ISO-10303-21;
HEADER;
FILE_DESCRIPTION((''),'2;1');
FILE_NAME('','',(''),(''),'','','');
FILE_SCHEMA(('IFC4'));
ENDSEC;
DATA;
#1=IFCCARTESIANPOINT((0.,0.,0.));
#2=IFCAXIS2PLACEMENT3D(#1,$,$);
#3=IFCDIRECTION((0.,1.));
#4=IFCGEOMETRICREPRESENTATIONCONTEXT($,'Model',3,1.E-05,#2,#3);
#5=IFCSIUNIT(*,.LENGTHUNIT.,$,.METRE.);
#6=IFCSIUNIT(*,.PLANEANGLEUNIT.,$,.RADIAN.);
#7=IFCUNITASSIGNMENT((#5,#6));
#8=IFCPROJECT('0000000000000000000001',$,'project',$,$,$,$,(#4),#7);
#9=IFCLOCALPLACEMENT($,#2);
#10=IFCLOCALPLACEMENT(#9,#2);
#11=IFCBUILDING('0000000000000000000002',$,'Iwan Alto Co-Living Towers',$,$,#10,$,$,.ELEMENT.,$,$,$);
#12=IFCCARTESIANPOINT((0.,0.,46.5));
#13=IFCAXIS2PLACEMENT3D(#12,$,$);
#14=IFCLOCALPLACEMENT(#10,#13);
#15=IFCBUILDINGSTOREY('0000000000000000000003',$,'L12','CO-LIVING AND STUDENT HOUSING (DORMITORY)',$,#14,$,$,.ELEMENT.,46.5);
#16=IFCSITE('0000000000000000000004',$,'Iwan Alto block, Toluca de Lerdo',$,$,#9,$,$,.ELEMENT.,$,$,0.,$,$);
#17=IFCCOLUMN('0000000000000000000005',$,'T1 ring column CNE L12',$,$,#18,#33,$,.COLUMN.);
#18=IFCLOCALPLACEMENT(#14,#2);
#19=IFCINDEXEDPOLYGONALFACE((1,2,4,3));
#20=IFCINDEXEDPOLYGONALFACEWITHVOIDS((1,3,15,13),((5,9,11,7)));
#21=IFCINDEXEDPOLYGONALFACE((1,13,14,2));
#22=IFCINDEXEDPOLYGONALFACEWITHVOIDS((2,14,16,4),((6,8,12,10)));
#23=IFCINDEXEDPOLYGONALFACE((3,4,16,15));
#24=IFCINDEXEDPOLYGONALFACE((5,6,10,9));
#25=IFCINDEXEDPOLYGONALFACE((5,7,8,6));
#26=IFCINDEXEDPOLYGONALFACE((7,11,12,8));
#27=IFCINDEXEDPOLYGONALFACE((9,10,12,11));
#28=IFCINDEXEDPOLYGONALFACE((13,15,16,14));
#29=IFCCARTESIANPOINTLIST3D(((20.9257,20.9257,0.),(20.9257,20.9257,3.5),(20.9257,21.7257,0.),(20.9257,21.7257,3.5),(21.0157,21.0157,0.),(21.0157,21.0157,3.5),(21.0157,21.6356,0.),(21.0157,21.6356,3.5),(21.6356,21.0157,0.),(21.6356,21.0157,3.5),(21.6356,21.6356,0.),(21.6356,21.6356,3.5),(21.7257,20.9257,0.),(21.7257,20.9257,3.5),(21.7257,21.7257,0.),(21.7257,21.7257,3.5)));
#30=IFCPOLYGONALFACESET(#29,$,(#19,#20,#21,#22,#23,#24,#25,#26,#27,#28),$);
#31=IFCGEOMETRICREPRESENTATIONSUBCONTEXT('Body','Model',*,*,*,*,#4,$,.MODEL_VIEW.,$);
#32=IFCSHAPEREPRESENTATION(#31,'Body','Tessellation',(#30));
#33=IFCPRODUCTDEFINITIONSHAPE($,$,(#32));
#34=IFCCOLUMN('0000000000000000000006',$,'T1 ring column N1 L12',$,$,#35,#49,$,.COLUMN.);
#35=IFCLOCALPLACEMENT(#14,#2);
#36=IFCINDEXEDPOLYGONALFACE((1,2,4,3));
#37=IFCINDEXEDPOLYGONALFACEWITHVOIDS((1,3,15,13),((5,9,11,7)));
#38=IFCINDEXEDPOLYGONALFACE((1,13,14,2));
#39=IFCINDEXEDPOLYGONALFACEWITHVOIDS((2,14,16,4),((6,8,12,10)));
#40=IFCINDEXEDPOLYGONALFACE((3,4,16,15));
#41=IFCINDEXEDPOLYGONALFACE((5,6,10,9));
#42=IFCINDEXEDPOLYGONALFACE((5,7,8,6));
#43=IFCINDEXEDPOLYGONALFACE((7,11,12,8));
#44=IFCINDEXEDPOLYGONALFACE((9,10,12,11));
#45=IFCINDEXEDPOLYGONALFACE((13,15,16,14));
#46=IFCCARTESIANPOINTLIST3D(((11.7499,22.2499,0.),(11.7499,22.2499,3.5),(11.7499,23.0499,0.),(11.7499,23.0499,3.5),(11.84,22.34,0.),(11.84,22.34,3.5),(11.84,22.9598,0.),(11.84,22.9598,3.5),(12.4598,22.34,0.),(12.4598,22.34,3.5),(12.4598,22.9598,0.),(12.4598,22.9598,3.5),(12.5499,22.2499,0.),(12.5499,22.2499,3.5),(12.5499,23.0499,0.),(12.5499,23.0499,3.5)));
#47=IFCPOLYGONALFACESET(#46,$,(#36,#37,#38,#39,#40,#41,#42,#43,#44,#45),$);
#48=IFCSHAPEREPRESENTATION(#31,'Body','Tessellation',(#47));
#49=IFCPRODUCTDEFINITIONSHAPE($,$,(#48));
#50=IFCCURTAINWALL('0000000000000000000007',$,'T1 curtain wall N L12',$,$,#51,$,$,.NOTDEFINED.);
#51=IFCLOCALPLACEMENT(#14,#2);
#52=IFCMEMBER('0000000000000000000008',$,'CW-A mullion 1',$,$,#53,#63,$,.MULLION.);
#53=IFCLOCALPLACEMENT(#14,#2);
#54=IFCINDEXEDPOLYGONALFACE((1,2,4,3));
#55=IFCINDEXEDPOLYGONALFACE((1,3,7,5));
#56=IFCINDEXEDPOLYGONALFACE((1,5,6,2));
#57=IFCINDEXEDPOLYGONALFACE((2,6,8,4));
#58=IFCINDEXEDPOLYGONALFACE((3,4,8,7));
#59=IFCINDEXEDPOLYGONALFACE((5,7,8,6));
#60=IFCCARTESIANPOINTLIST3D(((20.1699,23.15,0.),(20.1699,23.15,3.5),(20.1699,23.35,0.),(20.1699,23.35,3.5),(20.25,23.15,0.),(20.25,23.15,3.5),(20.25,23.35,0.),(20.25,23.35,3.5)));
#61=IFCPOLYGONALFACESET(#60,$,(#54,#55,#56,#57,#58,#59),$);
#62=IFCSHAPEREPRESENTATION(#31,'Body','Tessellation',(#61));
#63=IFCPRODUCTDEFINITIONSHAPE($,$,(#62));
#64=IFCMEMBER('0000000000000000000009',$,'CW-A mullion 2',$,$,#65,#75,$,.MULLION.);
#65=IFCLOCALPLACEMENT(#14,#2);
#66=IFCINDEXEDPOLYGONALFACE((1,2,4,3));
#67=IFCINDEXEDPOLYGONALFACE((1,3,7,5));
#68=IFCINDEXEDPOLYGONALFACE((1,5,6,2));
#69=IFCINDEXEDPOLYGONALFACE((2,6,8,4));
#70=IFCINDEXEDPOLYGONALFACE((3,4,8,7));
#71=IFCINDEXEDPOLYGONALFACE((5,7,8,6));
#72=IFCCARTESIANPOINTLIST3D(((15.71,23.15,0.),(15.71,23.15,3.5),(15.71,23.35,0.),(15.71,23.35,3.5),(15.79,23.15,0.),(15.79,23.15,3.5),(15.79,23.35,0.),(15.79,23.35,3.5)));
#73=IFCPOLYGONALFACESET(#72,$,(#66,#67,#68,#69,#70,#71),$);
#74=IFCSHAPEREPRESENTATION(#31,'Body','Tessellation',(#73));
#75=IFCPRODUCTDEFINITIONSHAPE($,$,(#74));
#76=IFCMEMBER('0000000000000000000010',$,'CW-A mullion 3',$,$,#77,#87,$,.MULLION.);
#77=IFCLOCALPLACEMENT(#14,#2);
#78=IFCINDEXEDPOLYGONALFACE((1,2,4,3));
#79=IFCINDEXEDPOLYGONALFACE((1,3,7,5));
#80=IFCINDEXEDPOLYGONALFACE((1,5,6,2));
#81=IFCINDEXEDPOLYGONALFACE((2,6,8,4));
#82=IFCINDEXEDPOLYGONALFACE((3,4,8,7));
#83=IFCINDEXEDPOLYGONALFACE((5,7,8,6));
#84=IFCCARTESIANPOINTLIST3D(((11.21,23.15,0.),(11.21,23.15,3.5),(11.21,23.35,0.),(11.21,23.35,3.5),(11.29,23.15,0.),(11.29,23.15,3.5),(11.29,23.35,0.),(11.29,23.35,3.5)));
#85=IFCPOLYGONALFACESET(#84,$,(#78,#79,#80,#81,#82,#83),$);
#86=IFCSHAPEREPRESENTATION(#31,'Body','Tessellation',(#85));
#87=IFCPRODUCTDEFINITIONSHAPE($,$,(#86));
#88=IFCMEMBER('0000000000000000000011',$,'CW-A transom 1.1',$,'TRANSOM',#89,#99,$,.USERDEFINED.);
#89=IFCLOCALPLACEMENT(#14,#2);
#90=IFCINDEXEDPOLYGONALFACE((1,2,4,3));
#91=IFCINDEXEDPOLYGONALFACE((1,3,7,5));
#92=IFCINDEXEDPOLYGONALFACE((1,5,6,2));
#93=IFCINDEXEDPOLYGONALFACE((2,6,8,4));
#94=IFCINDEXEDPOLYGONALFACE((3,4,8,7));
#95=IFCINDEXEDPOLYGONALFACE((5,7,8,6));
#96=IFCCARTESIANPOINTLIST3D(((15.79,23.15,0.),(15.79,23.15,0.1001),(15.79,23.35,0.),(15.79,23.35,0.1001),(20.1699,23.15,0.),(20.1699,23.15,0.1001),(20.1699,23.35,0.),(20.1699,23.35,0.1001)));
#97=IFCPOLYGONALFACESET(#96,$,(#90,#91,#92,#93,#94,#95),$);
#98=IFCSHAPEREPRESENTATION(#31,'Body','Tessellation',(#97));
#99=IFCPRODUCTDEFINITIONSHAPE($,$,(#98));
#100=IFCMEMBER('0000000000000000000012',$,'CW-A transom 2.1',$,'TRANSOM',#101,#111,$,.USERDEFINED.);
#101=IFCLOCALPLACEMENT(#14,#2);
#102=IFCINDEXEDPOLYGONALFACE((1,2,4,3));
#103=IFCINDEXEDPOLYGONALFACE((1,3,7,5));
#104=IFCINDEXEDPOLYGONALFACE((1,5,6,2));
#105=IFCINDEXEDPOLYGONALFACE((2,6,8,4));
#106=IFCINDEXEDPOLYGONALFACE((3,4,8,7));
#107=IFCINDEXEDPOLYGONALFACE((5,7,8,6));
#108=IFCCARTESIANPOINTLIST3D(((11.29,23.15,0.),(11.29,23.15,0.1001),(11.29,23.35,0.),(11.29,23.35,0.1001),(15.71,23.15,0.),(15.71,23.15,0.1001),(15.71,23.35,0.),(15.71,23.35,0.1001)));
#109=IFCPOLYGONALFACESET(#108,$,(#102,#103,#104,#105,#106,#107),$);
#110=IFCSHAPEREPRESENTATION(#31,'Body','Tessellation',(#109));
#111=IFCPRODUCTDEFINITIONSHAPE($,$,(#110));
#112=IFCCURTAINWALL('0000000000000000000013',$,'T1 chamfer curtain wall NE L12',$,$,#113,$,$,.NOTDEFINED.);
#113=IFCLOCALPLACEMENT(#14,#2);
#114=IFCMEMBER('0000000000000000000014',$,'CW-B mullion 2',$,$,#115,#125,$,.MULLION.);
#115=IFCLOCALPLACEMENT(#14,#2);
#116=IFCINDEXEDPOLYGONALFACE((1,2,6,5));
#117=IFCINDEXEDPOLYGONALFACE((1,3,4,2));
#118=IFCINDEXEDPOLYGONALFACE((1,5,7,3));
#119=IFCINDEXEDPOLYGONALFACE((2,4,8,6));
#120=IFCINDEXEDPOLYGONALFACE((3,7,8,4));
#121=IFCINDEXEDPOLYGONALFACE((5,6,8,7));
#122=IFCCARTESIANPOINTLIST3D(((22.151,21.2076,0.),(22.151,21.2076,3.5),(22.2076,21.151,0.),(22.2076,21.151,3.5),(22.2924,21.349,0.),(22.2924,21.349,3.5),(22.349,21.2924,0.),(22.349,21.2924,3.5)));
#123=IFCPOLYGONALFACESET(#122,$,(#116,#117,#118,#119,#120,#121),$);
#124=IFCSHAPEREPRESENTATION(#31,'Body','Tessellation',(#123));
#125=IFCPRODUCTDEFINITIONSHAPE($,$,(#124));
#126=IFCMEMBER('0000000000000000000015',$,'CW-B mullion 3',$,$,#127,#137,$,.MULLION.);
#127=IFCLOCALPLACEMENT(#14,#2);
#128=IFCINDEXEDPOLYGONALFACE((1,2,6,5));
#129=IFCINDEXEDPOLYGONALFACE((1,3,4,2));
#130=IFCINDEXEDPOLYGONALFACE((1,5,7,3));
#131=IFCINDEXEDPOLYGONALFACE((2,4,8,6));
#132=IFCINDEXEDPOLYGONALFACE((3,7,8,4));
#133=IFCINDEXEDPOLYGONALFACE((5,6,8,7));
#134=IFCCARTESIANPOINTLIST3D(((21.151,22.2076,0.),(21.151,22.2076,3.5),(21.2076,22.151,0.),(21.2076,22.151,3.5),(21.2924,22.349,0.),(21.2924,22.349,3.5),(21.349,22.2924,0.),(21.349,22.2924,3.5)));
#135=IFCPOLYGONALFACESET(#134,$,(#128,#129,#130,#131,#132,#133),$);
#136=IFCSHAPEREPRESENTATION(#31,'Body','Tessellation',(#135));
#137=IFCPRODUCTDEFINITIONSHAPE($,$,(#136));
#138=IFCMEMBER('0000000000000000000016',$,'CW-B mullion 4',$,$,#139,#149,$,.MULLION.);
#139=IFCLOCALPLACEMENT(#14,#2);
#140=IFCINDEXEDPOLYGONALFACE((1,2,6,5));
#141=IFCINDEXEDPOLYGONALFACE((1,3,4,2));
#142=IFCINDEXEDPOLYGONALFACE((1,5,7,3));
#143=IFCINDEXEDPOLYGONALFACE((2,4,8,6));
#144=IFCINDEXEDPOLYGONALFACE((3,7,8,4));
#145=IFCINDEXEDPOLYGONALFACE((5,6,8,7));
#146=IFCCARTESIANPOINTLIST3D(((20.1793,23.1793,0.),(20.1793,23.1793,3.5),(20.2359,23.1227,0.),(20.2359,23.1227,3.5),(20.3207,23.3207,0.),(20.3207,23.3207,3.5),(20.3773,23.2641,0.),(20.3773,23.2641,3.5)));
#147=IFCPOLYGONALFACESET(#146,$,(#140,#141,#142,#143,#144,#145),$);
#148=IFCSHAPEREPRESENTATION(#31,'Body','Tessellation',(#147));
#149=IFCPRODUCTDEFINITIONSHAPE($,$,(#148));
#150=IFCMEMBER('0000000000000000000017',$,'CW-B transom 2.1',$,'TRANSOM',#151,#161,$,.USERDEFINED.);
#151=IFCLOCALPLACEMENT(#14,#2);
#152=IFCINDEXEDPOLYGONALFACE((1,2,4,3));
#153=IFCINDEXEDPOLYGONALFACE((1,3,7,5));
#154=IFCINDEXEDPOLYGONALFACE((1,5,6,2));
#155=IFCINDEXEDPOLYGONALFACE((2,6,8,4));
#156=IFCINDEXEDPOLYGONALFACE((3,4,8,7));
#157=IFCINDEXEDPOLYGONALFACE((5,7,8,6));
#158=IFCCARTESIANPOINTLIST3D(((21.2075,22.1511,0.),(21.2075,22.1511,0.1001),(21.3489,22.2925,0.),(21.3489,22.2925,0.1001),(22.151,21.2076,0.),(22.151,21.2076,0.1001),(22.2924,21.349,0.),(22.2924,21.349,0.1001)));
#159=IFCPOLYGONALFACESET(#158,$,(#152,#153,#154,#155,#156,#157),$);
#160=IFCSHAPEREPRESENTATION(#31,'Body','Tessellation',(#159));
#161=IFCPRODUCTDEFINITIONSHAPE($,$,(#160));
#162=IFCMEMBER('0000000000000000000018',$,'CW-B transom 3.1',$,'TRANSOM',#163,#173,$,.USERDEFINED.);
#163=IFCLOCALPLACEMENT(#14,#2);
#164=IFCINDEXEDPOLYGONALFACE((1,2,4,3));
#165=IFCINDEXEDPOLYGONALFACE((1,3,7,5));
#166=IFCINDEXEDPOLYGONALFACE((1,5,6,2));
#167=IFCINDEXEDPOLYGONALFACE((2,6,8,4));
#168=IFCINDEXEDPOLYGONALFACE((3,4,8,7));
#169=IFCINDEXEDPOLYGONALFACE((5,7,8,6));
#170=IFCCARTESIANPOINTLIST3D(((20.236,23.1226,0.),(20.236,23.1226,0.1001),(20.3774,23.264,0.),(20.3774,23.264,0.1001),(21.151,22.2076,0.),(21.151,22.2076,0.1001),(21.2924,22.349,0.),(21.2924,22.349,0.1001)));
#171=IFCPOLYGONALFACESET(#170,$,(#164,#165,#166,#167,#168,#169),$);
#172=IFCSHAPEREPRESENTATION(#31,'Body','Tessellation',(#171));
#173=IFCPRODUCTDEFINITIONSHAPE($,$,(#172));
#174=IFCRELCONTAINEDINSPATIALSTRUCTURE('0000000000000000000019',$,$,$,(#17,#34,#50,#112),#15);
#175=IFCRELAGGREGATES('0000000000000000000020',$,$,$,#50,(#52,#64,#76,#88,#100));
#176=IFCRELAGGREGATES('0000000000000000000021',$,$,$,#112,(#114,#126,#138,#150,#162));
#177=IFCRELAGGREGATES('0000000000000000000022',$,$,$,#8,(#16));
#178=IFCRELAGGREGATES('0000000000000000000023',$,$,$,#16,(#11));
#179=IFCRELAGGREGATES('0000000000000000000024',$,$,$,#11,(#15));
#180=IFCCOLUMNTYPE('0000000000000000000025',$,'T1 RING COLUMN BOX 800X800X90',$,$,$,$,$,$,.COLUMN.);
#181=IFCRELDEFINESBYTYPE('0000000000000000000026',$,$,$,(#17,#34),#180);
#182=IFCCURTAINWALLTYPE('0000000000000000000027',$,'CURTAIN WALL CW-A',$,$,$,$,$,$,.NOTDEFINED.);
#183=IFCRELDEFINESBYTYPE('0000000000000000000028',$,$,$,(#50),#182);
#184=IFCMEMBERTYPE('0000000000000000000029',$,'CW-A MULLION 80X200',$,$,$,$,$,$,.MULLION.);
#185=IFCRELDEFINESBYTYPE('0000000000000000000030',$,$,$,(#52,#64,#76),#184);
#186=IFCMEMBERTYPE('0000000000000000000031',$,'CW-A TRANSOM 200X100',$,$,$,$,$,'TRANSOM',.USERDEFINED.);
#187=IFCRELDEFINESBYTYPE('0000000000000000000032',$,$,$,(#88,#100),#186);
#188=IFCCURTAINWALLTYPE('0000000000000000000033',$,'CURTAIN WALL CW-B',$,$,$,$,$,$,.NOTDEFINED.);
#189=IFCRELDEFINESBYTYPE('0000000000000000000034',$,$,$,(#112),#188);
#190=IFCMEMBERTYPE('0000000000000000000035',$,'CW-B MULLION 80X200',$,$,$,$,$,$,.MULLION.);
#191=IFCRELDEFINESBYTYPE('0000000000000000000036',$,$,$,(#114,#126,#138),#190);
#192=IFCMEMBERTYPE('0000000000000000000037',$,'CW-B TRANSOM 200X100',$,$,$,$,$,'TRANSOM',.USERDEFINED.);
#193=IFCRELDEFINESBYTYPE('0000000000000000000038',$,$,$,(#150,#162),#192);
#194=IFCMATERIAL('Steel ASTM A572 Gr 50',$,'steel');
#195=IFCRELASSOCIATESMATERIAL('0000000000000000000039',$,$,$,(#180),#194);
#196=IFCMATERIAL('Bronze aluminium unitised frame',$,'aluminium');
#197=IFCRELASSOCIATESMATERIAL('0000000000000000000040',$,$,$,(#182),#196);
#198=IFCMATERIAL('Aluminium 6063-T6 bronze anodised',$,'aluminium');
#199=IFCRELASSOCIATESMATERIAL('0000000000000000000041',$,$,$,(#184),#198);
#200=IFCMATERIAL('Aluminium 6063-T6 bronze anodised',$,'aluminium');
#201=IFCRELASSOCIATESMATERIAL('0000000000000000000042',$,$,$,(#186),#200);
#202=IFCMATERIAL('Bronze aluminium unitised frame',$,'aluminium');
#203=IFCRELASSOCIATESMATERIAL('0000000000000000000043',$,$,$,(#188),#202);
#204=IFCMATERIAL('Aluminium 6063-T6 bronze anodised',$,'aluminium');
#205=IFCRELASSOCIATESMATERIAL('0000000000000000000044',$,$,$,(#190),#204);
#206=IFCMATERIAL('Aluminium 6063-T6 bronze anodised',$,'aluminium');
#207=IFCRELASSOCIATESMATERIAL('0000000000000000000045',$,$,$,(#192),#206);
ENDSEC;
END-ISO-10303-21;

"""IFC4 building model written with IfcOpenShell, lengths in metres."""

from ifc_helpers import new_model, si_unit, direction, frame, origin, origin_2d, place, context, subcontext, project, spatial, rectangle, hollow_rectangle, extrude, material, material_profile, profile_set, type_object, element, aggregate, save


model = new_model("IFC4")

# Units and contexts
model_context = context("Model", 3, precision=1e-05, world=origin(), true_north=direction((0.0, 1.0)))
body_context = subcontext(model_context, "Body", "Model", "MODEL_VIEW")
ifc_project = project(units=[si_unit("LENGTHUNIT", "METRE"), si_unit("PLANEANGLEUNIT", "RADIAN")], contexts=[model_context])

# Site, building, storey
site_placement = place(None, origin())
site = spatial("IfcSite", under=ifc_project, at=site_placement, Name="Iwan Alto block, Toluca de Lerdo", CompositionType="ELEMENT", RefElevation=0.0)
building_placement = place(site_placement, origin())
building = spatial("IfcBuilding", under=site, at=building_placement, Name="Iwan Alto Co-Living Towers", CompositionType="ELEMENT")
storey_placement = place(building_placement, frame((0.0, 0.0, 46.5)))
storey = spatial("IfcBuildingStorey", under=building, at=storey_placement, Name="L12", Description="CO-LIVING AND STUDENT HOUSING (DORMITORY)", CompositionType="ELEMENT", Elevation=46.5)

# Columns
ifc_material_1 = material(Name="Steel ASTM A572 Gr 50", Category="steel")
ifc_material_profile_1 = material_profile(ifc_material_1, hollow_rectangle(XDim=0.8, YDim=0.8, WallThickness=0.0901, at=origin_2d()), Name="BOX 800X800X90")
ifc_profile_set_1 = profile_set([ifc_material_profile_1], Name="Steel ASTM A572 Gr 50")
column_type = type_object("IfcColumnType", Name="T1 RING COLUMN BOX 800X800X90", PredefinedType="COLUMN", material=ifc_profile_set_1)
for number, where, z_axis, x_axis, name in (
    (1, (21.3257, 21.3257, 0.0), (0.0, 0.0, 1.0), (1.0, 0.0, 0.0), "T1 ring column CNE L12"),
    (2, (12.1499, 22.6499, 0.0), (0.0, 0.0, 1.0), (1.0, 0.0, 0.0), "T1 ring column N1 L12"),
):
    element("IfcColumn", number, at=place(storey_placement, frame(where, z_axis=z_axis, x_axis=x_axis)), inside=storey, type_object=column_type, Name=name, PredefinedType="COLUMN", context=body_context, shape_type="SweptSolid", body=[
        extrude(hollow_rectangle(XDim=0.8, YDim=0.8, WallThickness=0.0901, at=origin_2d()), origin(), (0.0, 0.0, 1.0), 3.5),
    ])

# Curtain walls, members
ifc_material_2 = material(Name="Bronze aluminium unitised frame", Category="aluminium")
curtain_wall_type_1 = type_object("IfcCurtainWallType", Name="CURTAIN WALL CW-A", PredefinedType="NOTDEFINED", material=ifc_material_2)
curtain_wall_1_placement = place(storey_placement, origin())
curtain_wall_1 = element("IfcCurtainWall", 3, at=curtain_wall_1_placement, inside=storey, type_object=curtain_wall_type_1, Name="T1 curtain wall N L12", PredefinedType="NOTDEFINED")
ifc_material_3 = material(Name="Aluminium 6063-T6 bronze anodised", Category="aluminium")
ifc_material_profile_2 = material_profile(ifc_material_3, rectangle(XDim=0.2, YDim=0.0801, at=origin_2d()), Name="AL 80X200")
ifc_profile_set_2 = profile_set([ifc_material_profile_2], Name="Aluminium 6063-T6 bronze anodised")
member_type_1 = type_object("IfcMemberType", Name="CW-A MULLION 80X200", PredefinedType="MULLION", material=ifc_profile_set_2)
member_1_placement = place(storey_placement, frame((20.21, 23.25, 0.0), z_axis=(0.0, 0.0, 1.0), x_axis=(0.0, -1.0, 0.0)))
member_1 = element("IfcMember", 4, at=member_1_placement, type_object=member_type_1, Name="CW-A mullion 1", PredefinedType="MULLION", context=body_context, shape_type="SweptSolid", body=[
    extrude(rectangle(XDim=0.2, YDim=0.0801, at=origin_2d()), origin(), (0.0, 0.0, 1.0), 3.5),
])
member_2_placement = place(storey_placement, frame((15.75, 23.25, 0.0), z_axis=(0.0, 0.0, 1.0), x_axis=(0.0, -1.0, 0.0)))
member_2 = element("IfcMember", 5, at=member_2_placement, type_object=member_type_1, Name="CW-A mullion 2", PredefinedType="MULLION", context=body_context, shape_type="SweptSolid", body=[
    extrude(rectangle(XDim=0.2, YDim=0.0801, at=origin_2d()), origin(), (0.0, 0.0, 1.0), 3.5),
])
member_3_placement = place(storey_placement, frame((11.25, 23.25, 0.0), z_axis=(0.0, 0.0, 1.0), x_axis=(0.0, -1.0, 0.0)))
member_3 = element("IfcMember", 6, at=member_3_placement, type_object=member_type_1, Name="CW-A mullion 3", PredefinedType="MULLION", context=body_context, shape_type="SweptSolid", body=[
    extrude(rectangle(XDim=0.2, YDim=0.0801, at=origin_2d()), origin(), (0.0, 0.0, 1.0), 3.5),
])
ifc_material_4 = material(Name="Aluminium 6063-T6 bronze anodised", Category="aluminium")
ifc_material_profile_3 = material_profile(ifc_material_4, rectangle(XDim=0.2, YDim=0.1001, at=origin_2d()), Name="AL 200X100")
ifc_profile_set_3 = profile_set([ifc_material_profile_3], Name="Aluminium 6063-T6 bronze anodised")
member_type_2 = type_object("IfcMemberType", Name="CW-A TRANSOM 200X100", ElementType="TRANSOM", PredefinedType="USERDEFINED", material=ifc_profile_set_3)
member_4_placement = place(storey_placement, frame((20.1699, 23.25, 0.05), z_axis=(-1.0, 0.0, 0.0), x_axis=(0.0, -1.0, 0.0)))
member_4 = element("IfcMember", 7, at=member_4_placement, type_object=member_type_2, Name="CW-A transom 1.1", ObjectType="TRANSOM", PredefinedType="USERDEFINED", context=body_context, shape_type="SweptSolid", body=[
    extrude(rectangle(XDim=0.2, YDim=0.1001, at=origin_2d()), origin(), (0.0, 0.0, 1.0), 4.3799),
])
member_5_placement = place(storey_placement, frame((15.71, 23.25, 0.05), z_axis=(-1.0, 0.0, 0.0), x_axis=(0.0, -1.0, 0.0)))
member_5 = element("IfcMember", 8, at=member_5_placement, type_object=member_type_2, Name="CW-A transom 2.1", ObjectType="TRANSOM", PredefinedType="USERDEFINED", context=body_context, shape_type="SweptSolid", body=[
    extrude(rectangle(XDim=0.2, YDim=0.1001, at=origin_2d()), origin(), (0.0, 0.0, 1.0), 4.4199),
])
ifc_material_5 = material(Name="Bronze aluminium unitised frame", Category="aluminium")
curtain_wall_type_2 = type_object("IfcCurtainWallType", Name="CURTAIN WALL CW-B", PredefinedType="NOTDEFINED", material=ifc_material_5)
curtain_wall_2_placement = place(storey_placement, origin())
curtain_wall_2 = element("IfcCurtainWall", 9, at=curtain_wall_2_placement, inside=storey, type_object=curtain_wall_type_2, Name="T1 chamfer curtain wall NE L12", PredefinedType="NOTDEFINED")
ifc_material_6 = material(Name="Aluminium 6063-T6 bronze anodised", Category="aluminium")
ifc_material_profile_4 = material_profile(ifc_material_6, rectangle(XDim=0.2, YDim=0.0801, at=origin_2d()), Name="AL 80X200")
ifc_profile_set_4 = profile_set([ifc_material_profile_4], Name="Aluminium 6063-T6 bronze anodised")
member_type_3 = type_object("IfcMemberType", Name="CW-B MULLION 80X200", PredefinedType="MULLION", material=ifc_profile_set_4)
member_6_placement = place(storey_placement, frame((22.25, 21.25, 0.0), z_axis=(0.0, 0.0, 1.0), x_axis=(-0.707107, -0.707107, 0.0)))
member_6 = element("IfcMember", 10, at=member_6_placement, type_object=member_type_3, Name="CW-B mullion 2", PredefinedType="MULLION", context=body_context, shape_type="SweptSolid", body=[
    extrude(rectangle(XDim=0.2, YDim=0.0801, at=origin_2d()), origin(), (0.0, 0.0, 1.0), 3.5),
])
member_7_placement = place(storey_placement, frame((21.25, 22.25, 0.0), z_axis=(0.0, 0.0, 1.0), x_axis=(-0.707107, -0.707107, 0.0)))
member_7 = element("IfcMember", 11, at=member_7_placement, type_object=member_type_3, Name="CW-B mullion 3", PredefinedType="MULLION", context=body_context, shape_type="SweptSolid", body=[
    extrude(rectangle(XDim=0.2, YDim=0.0801, at=origin_2d()), origin(), (0.0, 0.0, 1.0), 3.5),
])
member_8_placement = place(storey_placement, frame((20.2783, 23.2217, 0.0), z_axis=(0.0, 0.0, 1.0), x_axis=(-0.707107, -0.707107, 0.0)))
member_8 = element("IfcMember", 12, at=member_8_placement, type_object=member_type_3, Name="CW-B mullion 4", PredefinedType="MULLION", context=body_context, shape_type="SweptSolid", body=[
    extrude(rectangle(XDim=0.2, YDim=0.0801, at=origin_2d()), origin(), (0.0, 0.0, 1.0), 3.5),
])
ifc_material_7 = material(Name="Aluminium 6063-T6 bronze anodised", Category="aluminium")
ifc_material_profile_5 = material_profile(ifc_material_7, rectangle(XDim=0.2, YDim=0.1001, at=origin_2d()), Name="AL 200X100")
ifc_profile_set_5 = profile_set([ifc_material_profile_5], Name="Aluminium 6063-T6 bronze anodised")
member_type_4 = type_object("IfcMemberType", Name="CW-B TRANSOM 200X100", ElementType="TRANSOM", PredefinedType="USERDEFINED", material=ifc_profile_set_5)
member_9_placement = place(storey_placement, frame((22.2217, 21.2783, 0.05), z_axis=(-0.707107, 0.707107, 0.0), x_axis=(-0.707107, -0.707107, 0.0)))
member_9 = element("IfcMember", 13, at=member_9_placement, type_object=member_type_4, Name="CW-B transom 2.1", ObjectType="TRANSOM", PredefinedType="USERDEFINED", context=body_context, shape_type="SweptSolid", body=[
    extrude(rectangle(XDim=0.2, YDim=0.1001, at=origin_2d()), origin(), (0.0, 0.0, 1.0), 1.3342),
])
member_10_placement = place(storey_placement, frame((21.2217, 22.2783, 0.05), z_axis=(-0.707107, 0.707107, 0.0), x_axis=(-0.707107, -0.707107, 0.0)))
member_10 = element("IfcMember", 14, at=member_10_placement, type_object=member_type_4, Name="CW-B transom 3.1", ObjectType="TRANSOM", PredefinedType="USERDEFINED", context=body_context, shape_type="SweptSolid", body=[
    extrude(rectangle(XDim=0.2, YDim=0.1001, at=origin_2d()), origin(), (0.0, 0.0, 1.0), 1.2939),
])

aggregate(curtain_wall_1, [member_1, member_2, member_3, member_4, member_5])
aggregate(curtain_wall_2, [member_6, member_7, member_8, member_9, member_10])

save(model, "model.ifc")
